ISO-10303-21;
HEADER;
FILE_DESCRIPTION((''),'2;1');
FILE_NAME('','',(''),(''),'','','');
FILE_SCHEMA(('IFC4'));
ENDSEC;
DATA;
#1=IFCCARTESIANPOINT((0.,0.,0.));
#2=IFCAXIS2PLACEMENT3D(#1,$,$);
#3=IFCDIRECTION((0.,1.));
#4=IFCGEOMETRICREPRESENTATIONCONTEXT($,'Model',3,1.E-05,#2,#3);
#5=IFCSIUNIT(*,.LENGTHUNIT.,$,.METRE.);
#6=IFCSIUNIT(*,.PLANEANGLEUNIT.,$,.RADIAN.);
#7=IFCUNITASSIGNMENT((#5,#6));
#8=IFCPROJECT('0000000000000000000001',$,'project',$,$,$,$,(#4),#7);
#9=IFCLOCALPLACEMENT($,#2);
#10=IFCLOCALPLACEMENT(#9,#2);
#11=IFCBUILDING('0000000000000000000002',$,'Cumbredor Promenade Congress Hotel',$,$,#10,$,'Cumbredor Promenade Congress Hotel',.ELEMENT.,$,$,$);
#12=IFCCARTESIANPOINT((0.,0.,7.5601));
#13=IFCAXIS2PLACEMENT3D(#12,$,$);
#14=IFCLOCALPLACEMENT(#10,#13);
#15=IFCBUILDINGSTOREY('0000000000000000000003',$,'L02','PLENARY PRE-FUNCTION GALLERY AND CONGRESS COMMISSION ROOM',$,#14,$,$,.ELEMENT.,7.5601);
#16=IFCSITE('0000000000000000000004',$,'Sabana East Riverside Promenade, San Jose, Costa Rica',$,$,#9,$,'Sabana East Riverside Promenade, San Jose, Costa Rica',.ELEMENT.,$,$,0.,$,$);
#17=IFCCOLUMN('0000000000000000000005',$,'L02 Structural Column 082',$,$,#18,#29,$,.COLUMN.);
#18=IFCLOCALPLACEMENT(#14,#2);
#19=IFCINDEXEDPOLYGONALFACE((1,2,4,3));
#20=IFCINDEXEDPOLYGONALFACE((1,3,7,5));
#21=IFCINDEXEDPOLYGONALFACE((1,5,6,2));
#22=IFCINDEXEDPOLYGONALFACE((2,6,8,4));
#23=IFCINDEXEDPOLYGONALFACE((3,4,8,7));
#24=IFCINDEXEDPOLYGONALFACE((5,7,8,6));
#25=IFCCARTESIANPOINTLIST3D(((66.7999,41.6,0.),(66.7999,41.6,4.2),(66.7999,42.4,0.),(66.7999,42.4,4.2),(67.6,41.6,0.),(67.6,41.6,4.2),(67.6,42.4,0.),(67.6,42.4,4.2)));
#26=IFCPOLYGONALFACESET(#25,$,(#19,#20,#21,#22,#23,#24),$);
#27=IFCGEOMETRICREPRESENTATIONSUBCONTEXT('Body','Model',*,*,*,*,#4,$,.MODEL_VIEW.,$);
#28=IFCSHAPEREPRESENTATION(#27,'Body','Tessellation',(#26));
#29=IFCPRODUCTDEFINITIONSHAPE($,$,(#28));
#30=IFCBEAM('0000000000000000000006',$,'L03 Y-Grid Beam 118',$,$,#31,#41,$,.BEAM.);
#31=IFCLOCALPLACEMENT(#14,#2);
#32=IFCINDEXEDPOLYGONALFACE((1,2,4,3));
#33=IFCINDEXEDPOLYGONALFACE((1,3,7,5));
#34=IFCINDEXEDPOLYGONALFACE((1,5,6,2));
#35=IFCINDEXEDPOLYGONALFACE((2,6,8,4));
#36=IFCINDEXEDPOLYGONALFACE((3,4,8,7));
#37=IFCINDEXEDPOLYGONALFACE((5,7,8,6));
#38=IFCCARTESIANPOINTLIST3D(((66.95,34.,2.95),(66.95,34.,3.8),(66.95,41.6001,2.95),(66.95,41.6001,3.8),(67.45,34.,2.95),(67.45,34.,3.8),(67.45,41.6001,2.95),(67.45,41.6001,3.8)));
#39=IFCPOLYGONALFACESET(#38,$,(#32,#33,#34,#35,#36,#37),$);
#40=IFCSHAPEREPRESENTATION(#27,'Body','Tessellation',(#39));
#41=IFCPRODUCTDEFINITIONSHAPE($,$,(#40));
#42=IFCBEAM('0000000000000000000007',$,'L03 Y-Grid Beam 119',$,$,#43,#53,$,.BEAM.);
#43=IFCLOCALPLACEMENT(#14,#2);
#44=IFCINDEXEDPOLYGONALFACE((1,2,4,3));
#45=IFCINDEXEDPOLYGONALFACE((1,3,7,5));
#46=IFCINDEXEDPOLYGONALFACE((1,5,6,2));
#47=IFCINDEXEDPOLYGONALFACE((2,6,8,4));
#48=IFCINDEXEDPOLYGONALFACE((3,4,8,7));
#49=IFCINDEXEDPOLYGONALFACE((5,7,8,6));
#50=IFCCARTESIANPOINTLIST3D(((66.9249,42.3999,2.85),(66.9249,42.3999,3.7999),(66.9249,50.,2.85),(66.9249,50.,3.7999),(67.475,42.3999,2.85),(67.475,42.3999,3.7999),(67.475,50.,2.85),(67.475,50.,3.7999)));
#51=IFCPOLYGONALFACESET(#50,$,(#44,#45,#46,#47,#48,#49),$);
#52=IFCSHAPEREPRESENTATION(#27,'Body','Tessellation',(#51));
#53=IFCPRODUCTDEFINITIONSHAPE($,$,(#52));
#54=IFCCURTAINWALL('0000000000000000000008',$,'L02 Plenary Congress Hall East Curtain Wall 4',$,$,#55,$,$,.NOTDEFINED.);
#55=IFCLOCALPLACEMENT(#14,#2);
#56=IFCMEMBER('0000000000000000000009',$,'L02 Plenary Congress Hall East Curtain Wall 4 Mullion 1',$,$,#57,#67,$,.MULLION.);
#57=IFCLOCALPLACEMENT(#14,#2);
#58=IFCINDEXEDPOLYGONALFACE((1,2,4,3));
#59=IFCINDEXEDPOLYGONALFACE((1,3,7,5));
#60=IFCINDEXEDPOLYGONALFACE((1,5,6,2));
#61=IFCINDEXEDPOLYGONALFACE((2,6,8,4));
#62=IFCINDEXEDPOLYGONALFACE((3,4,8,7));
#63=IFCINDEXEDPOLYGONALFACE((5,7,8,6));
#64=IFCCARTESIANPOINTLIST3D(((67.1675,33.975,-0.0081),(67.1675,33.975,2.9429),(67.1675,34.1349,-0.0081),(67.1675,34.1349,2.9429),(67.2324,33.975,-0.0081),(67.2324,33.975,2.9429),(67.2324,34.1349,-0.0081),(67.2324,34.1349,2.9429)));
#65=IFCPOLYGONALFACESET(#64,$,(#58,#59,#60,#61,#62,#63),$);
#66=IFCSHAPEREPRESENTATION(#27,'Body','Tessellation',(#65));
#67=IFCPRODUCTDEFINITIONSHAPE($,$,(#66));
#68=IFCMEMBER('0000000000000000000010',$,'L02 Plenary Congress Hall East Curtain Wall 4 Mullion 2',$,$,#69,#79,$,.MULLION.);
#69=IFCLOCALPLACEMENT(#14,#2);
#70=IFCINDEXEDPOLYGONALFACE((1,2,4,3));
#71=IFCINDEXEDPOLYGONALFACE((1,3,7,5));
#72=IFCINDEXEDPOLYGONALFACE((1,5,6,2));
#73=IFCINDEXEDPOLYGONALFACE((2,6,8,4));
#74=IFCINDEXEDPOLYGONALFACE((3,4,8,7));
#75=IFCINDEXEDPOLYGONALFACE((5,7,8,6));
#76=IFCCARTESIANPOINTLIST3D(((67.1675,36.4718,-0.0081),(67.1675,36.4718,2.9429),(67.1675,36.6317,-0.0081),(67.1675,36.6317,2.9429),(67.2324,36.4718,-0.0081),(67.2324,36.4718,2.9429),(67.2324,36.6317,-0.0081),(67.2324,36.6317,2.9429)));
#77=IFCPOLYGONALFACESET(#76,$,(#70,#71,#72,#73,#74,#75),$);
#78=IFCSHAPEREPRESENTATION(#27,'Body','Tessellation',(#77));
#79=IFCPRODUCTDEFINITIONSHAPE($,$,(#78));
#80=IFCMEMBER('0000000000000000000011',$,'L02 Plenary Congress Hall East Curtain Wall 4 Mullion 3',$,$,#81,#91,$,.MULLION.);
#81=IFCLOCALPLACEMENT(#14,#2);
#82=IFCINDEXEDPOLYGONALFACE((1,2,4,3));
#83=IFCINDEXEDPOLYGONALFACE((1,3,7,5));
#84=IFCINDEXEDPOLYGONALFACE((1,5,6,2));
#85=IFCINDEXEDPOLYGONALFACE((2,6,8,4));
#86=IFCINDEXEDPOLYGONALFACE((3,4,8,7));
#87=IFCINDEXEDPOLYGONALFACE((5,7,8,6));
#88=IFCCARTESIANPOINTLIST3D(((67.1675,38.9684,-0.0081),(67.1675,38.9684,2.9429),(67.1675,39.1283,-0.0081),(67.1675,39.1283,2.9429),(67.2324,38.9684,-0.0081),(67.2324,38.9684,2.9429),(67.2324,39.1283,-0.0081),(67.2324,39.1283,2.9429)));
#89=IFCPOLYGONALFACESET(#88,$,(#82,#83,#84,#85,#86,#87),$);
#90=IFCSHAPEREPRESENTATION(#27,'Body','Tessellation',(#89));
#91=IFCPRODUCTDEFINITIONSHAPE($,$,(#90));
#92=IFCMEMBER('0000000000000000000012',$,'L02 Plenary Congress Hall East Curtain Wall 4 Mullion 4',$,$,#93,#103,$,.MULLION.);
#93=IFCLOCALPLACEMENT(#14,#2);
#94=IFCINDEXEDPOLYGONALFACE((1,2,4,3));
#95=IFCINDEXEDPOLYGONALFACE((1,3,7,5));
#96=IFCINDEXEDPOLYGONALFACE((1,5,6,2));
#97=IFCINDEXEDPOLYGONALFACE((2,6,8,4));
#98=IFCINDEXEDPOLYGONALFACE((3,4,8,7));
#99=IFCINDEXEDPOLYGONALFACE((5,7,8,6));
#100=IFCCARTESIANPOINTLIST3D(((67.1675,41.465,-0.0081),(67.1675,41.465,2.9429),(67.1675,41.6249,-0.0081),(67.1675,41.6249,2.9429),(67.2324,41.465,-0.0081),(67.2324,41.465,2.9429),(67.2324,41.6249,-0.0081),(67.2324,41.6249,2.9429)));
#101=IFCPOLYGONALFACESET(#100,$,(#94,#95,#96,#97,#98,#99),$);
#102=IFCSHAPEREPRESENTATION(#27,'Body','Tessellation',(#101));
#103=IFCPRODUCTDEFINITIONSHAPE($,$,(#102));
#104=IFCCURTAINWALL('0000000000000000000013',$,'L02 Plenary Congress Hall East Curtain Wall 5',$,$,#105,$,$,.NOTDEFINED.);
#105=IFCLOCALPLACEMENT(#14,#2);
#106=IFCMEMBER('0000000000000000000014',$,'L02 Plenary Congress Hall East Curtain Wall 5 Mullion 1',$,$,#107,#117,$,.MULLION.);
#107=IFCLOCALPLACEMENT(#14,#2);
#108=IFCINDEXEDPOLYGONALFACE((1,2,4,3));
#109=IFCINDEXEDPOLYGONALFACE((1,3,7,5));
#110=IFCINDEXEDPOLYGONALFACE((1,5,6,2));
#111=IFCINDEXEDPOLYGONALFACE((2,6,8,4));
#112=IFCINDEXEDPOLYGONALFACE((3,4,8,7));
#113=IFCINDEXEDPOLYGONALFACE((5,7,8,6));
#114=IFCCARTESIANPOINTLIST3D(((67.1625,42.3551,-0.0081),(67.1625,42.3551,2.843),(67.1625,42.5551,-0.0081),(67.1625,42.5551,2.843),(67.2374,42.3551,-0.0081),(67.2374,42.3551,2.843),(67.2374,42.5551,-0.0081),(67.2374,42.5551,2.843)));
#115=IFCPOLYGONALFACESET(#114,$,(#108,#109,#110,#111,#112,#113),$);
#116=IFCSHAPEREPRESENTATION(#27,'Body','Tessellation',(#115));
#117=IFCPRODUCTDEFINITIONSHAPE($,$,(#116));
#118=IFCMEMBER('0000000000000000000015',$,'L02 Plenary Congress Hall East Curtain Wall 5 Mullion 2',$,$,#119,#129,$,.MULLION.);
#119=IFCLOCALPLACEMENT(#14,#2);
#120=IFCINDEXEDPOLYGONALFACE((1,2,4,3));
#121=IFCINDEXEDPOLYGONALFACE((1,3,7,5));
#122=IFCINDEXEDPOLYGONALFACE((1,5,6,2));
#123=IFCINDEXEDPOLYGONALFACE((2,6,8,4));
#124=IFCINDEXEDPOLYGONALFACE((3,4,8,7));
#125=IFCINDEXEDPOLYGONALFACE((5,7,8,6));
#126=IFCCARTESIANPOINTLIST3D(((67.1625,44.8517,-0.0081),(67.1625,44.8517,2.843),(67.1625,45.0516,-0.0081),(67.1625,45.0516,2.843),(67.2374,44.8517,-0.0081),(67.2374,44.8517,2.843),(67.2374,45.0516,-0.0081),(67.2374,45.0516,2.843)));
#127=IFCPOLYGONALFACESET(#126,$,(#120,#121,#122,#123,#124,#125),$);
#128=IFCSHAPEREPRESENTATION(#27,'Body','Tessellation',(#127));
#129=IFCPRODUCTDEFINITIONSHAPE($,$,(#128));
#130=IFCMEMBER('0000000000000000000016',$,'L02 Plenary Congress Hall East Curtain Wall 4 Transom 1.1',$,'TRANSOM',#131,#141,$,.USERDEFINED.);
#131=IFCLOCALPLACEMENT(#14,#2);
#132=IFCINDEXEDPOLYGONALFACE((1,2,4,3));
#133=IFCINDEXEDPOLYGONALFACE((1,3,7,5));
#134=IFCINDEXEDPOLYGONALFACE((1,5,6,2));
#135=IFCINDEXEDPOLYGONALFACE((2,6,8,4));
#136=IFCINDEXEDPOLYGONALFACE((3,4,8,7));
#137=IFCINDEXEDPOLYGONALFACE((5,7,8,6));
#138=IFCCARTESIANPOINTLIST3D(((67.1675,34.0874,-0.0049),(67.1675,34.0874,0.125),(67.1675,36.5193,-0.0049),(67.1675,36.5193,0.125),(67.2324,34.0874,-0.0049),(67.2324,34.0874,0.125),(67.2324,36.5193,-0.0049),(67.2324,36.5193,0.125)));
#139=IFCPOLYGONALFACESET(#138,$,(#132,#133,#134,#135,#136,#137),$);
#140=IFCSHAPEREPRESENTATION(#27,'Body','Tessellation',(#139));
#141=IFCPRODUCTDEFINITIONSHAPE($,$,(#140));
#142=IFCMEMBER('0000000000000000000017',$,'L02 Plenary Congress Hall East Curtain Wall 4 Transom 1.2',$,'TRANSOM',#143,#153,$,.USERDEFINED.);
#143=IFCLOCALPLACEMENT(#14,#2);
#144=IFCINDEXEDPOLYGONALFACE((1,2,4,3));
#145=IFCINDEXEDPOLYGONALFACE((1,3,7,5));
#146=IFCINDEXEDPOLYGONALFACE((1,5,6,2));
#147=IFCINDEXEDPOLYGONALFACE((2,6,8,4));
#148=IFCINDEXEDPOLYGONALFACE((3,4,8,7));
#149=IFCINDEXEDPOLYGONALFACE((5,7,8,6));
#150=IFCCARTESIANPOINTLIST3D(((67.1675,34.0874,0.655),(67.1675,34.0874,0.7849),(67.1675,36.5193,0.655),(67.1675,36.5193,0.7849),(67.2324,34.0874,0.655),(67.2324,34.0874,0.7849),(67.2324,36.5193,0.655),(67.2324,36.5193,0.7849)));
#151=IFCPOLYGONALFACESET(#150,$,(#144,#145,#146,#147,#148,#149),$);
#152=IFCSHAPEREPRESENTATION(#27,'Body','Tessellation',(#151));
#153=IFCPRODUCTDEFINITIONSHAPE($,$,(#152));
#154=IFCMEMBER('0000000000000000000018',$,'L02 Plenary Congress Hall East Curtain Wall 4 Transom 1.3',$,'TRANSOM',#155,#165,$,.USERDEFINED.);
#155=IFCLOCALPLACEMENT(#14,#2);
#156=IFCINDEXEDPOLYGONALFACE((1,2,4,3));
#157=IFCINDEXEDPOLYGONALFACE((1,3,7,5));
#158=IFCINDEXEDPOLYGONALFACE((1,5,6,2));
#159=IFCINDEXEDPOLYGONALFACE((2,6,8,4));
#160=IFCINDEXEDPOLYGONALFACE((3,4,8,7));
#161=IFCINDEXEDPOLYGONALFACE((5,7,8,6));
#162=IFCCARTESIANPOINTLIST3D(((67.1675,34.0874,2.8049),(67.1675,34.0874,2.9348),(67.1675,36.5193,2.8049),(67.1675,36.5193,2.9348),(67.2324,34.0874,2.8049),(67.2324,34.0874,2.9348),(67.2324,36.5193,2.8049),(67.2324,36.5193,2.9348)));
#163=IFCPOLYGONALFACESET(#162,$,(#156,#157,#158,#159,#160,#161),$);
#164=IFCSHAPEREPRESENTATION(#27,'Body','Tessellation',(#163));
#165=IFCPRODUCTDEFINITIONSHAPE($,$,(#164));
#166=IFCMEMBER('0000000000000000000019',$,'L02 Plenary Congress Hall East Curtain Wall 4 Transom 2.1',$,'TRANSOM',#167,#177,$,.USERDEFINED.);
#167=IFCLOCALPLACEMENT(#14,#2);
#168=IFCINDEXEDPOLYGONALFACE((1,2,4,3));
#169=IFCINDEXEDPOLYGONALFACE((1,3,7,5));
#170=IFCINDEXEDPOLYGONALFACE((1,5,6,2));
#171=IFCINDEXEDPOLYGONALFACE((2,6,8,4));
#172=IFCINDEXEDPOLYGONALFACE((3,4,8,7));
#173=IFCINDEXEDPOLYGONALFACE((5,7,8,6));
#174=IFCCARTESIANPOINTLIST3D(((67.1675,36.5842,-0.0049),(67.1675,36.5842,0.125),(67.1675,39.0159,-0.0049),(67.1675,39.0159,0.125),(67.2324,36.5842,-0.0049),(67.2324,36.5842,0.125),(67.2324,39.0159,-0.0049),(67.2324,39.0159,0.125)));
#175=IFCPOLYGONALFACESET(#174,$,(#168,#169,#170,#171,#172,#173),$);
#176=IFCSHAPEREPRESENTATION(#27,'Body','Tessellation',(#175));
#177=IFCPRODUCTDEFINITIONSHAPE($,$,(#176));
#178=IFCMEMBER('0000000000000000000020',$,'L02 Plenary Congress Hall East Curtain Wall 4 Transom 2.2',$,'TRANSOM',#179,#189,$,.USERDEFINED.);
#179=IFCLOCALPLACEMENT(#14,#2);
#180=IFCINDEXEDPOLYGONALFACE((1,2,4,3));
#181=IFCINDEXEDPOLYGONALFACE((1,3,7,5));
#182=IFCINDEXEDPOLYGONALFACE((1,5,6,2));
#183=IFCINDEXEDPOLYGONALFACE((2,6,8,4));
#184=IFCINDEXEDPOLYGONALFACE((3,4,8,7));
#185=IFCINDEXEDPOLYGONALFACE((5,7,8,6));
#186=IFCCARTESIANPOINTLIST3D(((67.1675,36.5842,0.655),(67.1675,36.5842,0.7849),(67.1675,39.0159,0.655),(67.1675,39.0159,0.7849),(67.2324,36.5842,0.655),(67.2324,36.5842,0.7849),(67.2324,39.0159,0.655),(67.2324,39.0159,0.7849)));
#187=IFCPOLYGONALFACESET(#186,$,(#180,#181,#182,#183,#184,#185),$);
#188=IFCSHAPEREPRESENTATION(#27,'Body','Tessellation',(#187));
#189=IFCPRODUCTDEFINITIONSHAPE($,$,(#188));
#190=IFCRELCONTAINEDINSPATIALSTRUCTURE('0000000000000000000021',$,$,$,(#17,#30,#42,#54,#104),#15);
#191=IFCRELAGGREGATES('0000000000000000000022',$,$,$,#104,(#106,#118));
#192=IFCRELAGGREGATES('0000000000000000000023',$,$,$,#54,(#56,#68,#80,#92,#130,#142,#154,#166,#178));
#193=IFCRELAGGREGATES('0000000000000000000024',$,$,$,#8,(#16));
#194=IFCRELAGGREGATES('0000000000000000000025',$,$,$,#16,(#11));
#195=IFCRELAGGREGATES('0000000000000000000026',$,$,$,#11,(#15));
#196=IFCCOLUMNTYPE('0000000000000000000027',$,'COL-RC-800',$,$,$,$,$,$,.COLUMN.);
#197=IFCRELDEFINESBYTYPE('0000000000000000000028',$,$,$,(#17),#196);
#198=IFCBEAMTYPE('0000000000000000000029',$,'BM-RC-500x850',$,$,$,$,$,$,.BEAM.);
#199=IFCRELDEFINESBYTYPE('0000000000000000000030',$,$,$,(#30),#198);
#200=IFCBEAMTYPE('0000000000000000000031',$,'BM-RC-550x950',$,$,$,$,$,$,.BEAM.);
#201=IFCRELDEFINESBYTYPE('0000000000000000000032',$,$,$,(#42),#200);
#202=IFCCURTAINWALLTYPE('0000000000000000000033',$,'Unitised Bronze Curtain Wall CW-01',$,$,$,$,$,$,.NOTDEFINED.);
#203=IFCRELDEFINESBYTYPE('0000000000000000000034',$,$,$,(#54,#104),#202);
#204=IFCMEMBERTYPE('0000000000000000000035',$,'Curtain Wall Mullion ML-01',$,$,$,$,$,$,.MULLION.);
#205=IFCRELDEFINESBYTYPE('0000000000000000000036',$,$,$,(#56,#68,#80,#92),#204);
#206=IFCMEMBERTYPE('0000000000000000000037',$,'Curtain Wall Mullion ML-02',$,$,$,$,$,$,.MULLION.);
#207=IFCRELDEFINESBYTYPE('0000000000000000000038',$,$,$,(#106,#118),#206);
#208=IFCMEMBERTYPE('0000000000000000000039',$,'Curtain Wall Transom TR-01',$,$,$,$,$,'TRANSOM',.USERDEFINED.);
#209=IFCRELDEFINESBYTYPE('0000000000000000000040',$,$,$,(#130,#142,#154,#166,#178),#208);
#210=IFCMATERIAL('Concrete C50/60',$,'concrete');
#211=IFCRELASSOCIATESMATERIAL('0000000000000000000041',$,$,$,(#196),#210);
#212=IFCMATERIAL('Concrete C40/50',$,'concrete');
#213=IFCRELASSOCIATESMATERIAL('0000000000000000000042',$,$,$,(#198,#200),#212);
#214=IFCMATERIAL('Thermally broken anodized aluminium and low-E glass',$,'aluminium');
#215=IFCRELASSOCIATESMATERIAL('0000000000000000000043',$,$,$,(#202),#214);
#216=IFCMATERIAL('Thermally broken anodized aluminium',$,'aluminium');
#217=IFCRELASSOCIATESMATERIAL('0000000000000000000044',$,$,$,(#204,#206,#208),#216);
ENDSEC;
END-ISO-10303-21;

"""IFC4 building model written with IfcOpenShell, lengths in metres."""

from ifc_helpers import new_model, si_unit, direction, frame, origin, origin_2d, place, context, subcontext, project, spatial, rectangle, extrude, material, material_profile, profile_set, type_object, element, aggregate, save


model = new_model("IFC4")

# Units and contexts
model_context = context("Model", 3, precision=1e-05, world=origin(), true_north=direction((0.0, 1.0)))
body_context = subcontext(model_context, "Body", "Model", "MODEL_VIEW")
ifc_project = project(units=[si_unit("LENGTHUNIT", "METRE"), si_unit("PLANEANGLEUNIT", "RADIAN")], contexts=[model_context])

# Site, building, storey
site_placement = place(None, origin())
site = spatial("IfcSite", under=ifc_project, at=site_placement, Name="Sabana East Riverside Promenade, San Jose, Costa Rica", LongName="Sabana East Riverside Promenade, San Jose, Costa Rica", CompositionType="ELEMENT", RefElevation=0.0)
building_placement = place(site_placement, origin())
building = spatial("IfcBuilding", under=site, at=building_placement, Name="Cumbredor Promenade Congress Hotel", LongName="Cumbredor Promenade Congress Hotel", CompositionType="ELEMENT")
storey_placement = place(building_placement, frame((0.0, 0.0, 7.5601)))
storey = spatial("IfcBuildingStorey", under=building, at=storey_placement, Name="L02", Description="PLENARY PRE-FUNCTION GALLERY AND CONGRESS COMMISSION ROOM", CompositionType="ELEMENT", Elevation=7.5601)

# Column
ifc_material_1 = material(Name="Concrete C50/60", Category="concrete")
ifc_material_profile_1 = material_profile(ifc_material_1, rectangle(XDim=0.8, YDim=0.8, at=origin_2d()), Name="RC 800x800")
ifc_profile_set_1 = profile_set([ifc_material_profile_1], Name="Concrete C50/60")
column_type = type_object("IfcColumnType", Name="COL-RC-800", PredefinedType="COLUMN", material=ifc_profile_set_1)
column_placement = place(storey_placement, frame((67.2, 42.0, 0.0), z_axis=(0.0, 0.0, 1.0), x_axis=(1.0, 0.0, 0.0)))
element("IfcColumn", 1, at=column_placement, inside=storey, type_object=column_type, Name="L02 Structural Column 082", PredefinedType="COLUMN", context=body_context, shape_type="SweptSolid", body=[
    extrude(rectangle(XDim=0.8, YDim=0.8, at=origin_2d()), origin(), (0.0, 0.0, 1.0), 4.2),
])

# Beams
ifc_material_2 = material(Name="Concrete C40/50", Category="concrete")
ifc_material_profile_2 = material_profile(ifc_material_2, rectangle(XDim=0.5, YDim=0.8501, at=origin_2d()), Name="RC BEAM 500x850")
ifc_profile_set_2 = profile_set([ifc_material_profile_2], Name="Concrete C40/50")
beam_type_1 = type_object("IfcBeamType", Name="BM-RC-500x850", PredefinedType="BEAM", material=ifc_profile_set_2)
beam_1_placement = place(storey_placement, frame((67.2, 34.0, 3.375), z_axis=(0.0, 1.0, 0.0), x_axis=(-1.0, 0.0, 0.0)))
element("IfcBeam", 2, at=beam_1_placement, inside=storey, type_object=beam_type_1, Name="L03 Y-Grid Beam 118", PredefinedType="BEAM", context=body_context, shape_type="SweptSolid", body=[
    extrude(rectangle(XDim=0.5, YDim=0.8501, at=origin_2d()), origin(), (0.0, 0.0, 1.0), 7.6001),
])
ifc_material_profile_3 = material_profile(ifc_material_2, rectangle(XDim=0.55, YDim=0.95, at=origin_2d()), Name="RC BEAM 550x950")
ifc_profile_set_3 = profile_set([ifc_material_profile_3], Name="Concrete C40/50")
beam_type_2 = type_object("IfcBeamType", Name="BM-RC-550x950", PredefinedType="BEAM", material=ifc_profile_set_3)
beam_2_placement = place(storey_placement, frame((67.2, 42.3999, 3.325), z_axis=(0.0, 1.0, 0.0), x_axis=(-1.0, 0.0, 0.0)))
element("IfcBeam", 3, at=beam_2_placement, inside=storey, type_object=beam_type_2, Name="L03 Y-Grid Beam 119", PredefinedType="BEAM", context=body_context, shape_type="SweptSolid", body=[
    extrude(rectangle(XDim=0.55, YDim=0.95, at=origin_2d()), origin(), (0.0, 0.0, 1.0), 7.6001),
])

# Curtain walls, members
ifc_material_3 = material(Name="Thermally broken anodized aluminium and low-E glass", Category="aluminium")
curtain_wall_type = type_object("IfcCurtainWallType", Name="Unitised Bronze Curtain Wall CW-01", PredefinedType="NOTDEFINED", material=ifc_material_3)
curtain_wall_1_placement = place(storey_placement, origin())
curtain_wall_1 = element("IfcCurtainWall", 4, at=curtain_wall_1_placement, inside=storey, type_object=curtain_wall_type, Name="L02 Plenary Congress Hall East Curtain Wall 4", PredefinedType="NOTDEFINED")
ifc_material_4 = material(Name="Thermally broken anodized aluminium", Category="aluminium")
ifc_material_profile_4 = material_profile(ifc_material_4, rectangle(XDim=0.0649, YDim=0.1599, at=origin_2d()), Name="ALU MULLION 65x160")
ifc_profile_set_4 = profile_set([ifc_material_profile_4], Name="Thermally broken anodized aluminium")
member_type_1 = type_object("IfcMemberType", Name="Curtain Wall Mullion ML-01", PredefinedType="MULLION", material=ifc_profile_set_4)
member_1_placement = place(storey_placement, frame((67.2, 34.0549, -0.0081), z_axis=(0.0, 0.0, 1.0), x_axis=(1.0, 0.0, 0.0)))
member_1 = element("IfcMember", 5, at=member_1_placement, type_object=member_type_1, Name="L02 Plenary Congress Hall East Curtain Wall 4 Mullion 1", PredefinedType="MULLION", context=body_context, shape_type="SweptSolid", body=[
    extrude(rectangle(XDim=0.0649, YDim=0.1599, at=origin_2d()), origin(), (0.0, 0.0, 1.0), 2.9509),
])
member_2_placement = place(storey_placement, frame((67.2, 36.5518, -0.0081), z_axis=(0.0, 0.0, 1.0), x_axis=(1.0, 0.0, 0.0)))
member_2 = element("IfcMember", 6, at=member_2_placement, type_object=member_type_1, Name="L02 Plenary Congress Hall East Curtain Wall 4 Mullion 2", PredefinedType="MULLION", context=body_context, shape_type="SweptSolid", body=[
    extrude(rectangle(XDim=0.0649, YDim=0.1599, at=origin_2d()), origin(), (0.0, 0.0, 1.0), 2.9509),
])
member_3_placement = place(storey_placement, frame((67.2, 39.0483, -0.0081), z_axis=(0.0, 0.0, 1.0), x_axis=(1.0, 0.0, 0.0)))
member_3 = element("IfcMember", 7, at=member_3_placement, type_object=member_type_1, Name="L02 Plenary Congress Hall East Curtain Wall 4 Mullion 3", PredefinedType="MULLION", context=body_context, shape_type="SweptSolid", body=[
    extrude(rectangle(XDim=0.0649, YDim=0.1599, at=origin_2d()), origin(), (0.0, 0.0, 1.0), 2.9509),
])
member_4_placement = place(storey_placement, frame((67.2, 41.5449, -0.0081), z_axis=(0.0, 0.0, 1.0), x_axis=(1.0, 0.0, 0.0)))
member_4 = element("IfcMember", 8, at=member_4_placement, type_object=member_type_1, Name="L02 Plenary Congress Hall East Curtain Wall 4 Mullion 4", PredefinedType="MULLION", context=body_context, shape_type="SweptSolid", body=[
    extrude(rectangle(XDim=0.0649, YDim=0.1599, at=origin_2d()), origin(), (0.0, 0.0, 1.0), 2.9509),
])
curtain_wall_2_placement = place(storey_placement, origin())
curtain_wall_2 = element("IfcCurtainWall", 9, at=curtain_wall_2_placement, inside=storey, type_object=curtain_wall_type, Name="L02 Plenary Congress Hall East Curtain Wall 5", PredefinedType="NOTDEFINED")
ifc_material_profile_5 = material_profile(ifc_material_4, rectangle(XDim=0.075, YDim=0.2, at=origin_2d()), Name="ALU MULLION 75x200")
ifc_profile_set_5 = profile_set([ifc_material_profile_5], Name="Thermally broken anodized aluminium")
member_type_2 = type_object("IfcMemberType", Name="Curtain Wall Mullion ML-02", PredefinedType="MULLION", material=ifc_profile_set_5)
member_5_placement = place(storey_placement, frame((67.2, 42.4551, -0.0081), z_axis=(0.0, 0.0, 1.0), x_axis=(1.0, 0.0, 0.0)))
member_5 = element("IfcMember", 10, at=member_5_placement, type_object=member_type_2, Name="L02 Plenary Congress Hall East Curtain Wall 5 Mullion 1", PredefinedType="MULLION", context=body_context, shape_type="SweptSolid", body=[
    extrude(rectangle(XDim=0.075, YDim=0.2, at=origin_2d()), origin(), (0.0, 0.0, 1.0), 2.8511),
])
member_6_placement = place(storey_placement, frame((67.2, 44.9517, -0.0081), z_axis=(0.0, 0.0, 1.0), x_axis=(1.0, 0.0, 0.0)))
member_6 = element("IfcMember", 11, at=member_6_placement, type_object=member_type_2, Name="L02 Plenary Congress Hall East Curtain Wall 5 Mullion 2", PredefinedType="MULLION", context=body_context, shape_type="SweptSolid", body=[
    extrude(rectangle(XDim=0.075, YDim=0.2, at=origin_2d()), origin(), (0.0, 0.0, 1.0), 2.8511),
])

# Members
ifc_material_profile_6 = material_profile(ifc_material_4, rectangle(XDim=0.0649, YDim=0.1299, at=origin_2d()), Name="ALU TRANSOM 65x130")
ifc_profile_set_6 = profile_set([ifc_material_profile_6], Name="Thermally broken anodized aluminium")
member_type_3 = type_object("IfcMemberType", Name="Curtain Wall Transom TR-01", ElementType="TRANSOM", PredefinedType="USERDEFINED", material=ifc_profile_set_6)
member_7_placement = place(storey_placement, frame((67.2, 34.0874, 0.0601), z_axis=(0.0, 1.0, 0.0), x_axis=(-1.0, 0.0, 0.0)))
member_7 = element("IfcMember", 12, at=member_7_placement, type_object=member_type_3, Name="L02 Plenary Congress Hall East Curtain Wall 4 Transom 1.1", ObjectType="TRANSOM", PredefinedType="USERDEFINED", context=body_context, shape_type="SweptSolid", body=[
    extrude(rectangle(XDim=0.0649, YDim=0.1299, at=origin_2d()), origin(), (0.0, 0.0, 1.0), 2.4319),
])
member_8_placement = place(storey_placement, frame((67.2, 34.0874, 0.72), z_axis=(0.0, 1.0, 0.0), x_axis=(-1.0, 0.0, 0.0)))
member_8 = element("IfcMember", 13, at=member_8_placement, type_object=member_type_3, Name="L02 Plenary Congress Hall East Curtain Wall 4 Transom 1.2", ObjectType="TRANSOM", PredefinedType="USERDEFINED", context=body_context, shape_type="SweptSolid", body=[
    extrude(rectangle(XDim=0.0649, YDim=0.1299, at=origin_2d()), origin(), (0.0, 0.0, 1.0), 2.4319),
])
member_9_placement = place(storey_placement, frame((67.2, 34.0874, 2.8699), z_axis=(0.0, 1.0, 0.0), x_axis=(-1.0, 0.0, 0.0)))
member_9 = element("IfcMember", 14, at=member_9_placement, type_object=member_type_3, Name="L02 Plenary Congress Hall East Curtain Wall 4 Transom 1.3", ObjectType="TRANSOM", PredefinedType="USERDEFINED", context=body_context, shape_type="SweptSolid", body=[
    extrude(rectangle(XDim=0.0649, YDim=0.1299, at=origin_2d()), origin(), (0.0, 0.0, 1.0), 2.4319),
])
member_10_placement = place(storey_placement, frame((67.2, 36.5842, 0.0601), z_axis=(0.0, 1.0, 0.0), x_axis=(-1.0, 0.0, 0.0)))
member_10 = element("IfcMember", 15, at=member_10_placement, type_object=member_type_3, Name="L02 Plenary Congress Hall East Curtain Wall 4 Transom 2.1", ObjectType="TRANSOM", PredefinedType="USERDEFINED", context=body_context, shape_type="SweptSolid", body=[
    extrude(rectangle(XDim=0.0649, YDim=0.1299, at=origin_2d()), origin(), (0.0, 0.0, 1.0), 2.4316),
])
member_11_placement = place(storey_placement, frame((67.2, 36.5842, 0.72), z_axis=(0.0, 1.0, 0.0), x_axis=(-1.0, 0.0, 0.0)))
member_11 = element("IfcMember", 16, at=member_11_placement, type_object=member_type_3, Name="L02 Plenary Congress Hall East Curtain Wall 4 Transom 2.2", ObjectType="TRANSOM", PredefinedType="USERDEFINED", context=body_context, shape_type="SweptSolid", body=[
    extrude(rectangle(XDim=0.0649, YDim=0.1299, at=origin_2d()), origin(), (0.0, 0.0, 1.0), 2.4316),
])

aggregate(curtain_wall_2, [member_5, member_6])
aggregate(curtain_wall_1, [member_1, member_2, member_3, member_4, member_7, member_8, member_9, member_10, member_11])

save(model, "model.ifc")
